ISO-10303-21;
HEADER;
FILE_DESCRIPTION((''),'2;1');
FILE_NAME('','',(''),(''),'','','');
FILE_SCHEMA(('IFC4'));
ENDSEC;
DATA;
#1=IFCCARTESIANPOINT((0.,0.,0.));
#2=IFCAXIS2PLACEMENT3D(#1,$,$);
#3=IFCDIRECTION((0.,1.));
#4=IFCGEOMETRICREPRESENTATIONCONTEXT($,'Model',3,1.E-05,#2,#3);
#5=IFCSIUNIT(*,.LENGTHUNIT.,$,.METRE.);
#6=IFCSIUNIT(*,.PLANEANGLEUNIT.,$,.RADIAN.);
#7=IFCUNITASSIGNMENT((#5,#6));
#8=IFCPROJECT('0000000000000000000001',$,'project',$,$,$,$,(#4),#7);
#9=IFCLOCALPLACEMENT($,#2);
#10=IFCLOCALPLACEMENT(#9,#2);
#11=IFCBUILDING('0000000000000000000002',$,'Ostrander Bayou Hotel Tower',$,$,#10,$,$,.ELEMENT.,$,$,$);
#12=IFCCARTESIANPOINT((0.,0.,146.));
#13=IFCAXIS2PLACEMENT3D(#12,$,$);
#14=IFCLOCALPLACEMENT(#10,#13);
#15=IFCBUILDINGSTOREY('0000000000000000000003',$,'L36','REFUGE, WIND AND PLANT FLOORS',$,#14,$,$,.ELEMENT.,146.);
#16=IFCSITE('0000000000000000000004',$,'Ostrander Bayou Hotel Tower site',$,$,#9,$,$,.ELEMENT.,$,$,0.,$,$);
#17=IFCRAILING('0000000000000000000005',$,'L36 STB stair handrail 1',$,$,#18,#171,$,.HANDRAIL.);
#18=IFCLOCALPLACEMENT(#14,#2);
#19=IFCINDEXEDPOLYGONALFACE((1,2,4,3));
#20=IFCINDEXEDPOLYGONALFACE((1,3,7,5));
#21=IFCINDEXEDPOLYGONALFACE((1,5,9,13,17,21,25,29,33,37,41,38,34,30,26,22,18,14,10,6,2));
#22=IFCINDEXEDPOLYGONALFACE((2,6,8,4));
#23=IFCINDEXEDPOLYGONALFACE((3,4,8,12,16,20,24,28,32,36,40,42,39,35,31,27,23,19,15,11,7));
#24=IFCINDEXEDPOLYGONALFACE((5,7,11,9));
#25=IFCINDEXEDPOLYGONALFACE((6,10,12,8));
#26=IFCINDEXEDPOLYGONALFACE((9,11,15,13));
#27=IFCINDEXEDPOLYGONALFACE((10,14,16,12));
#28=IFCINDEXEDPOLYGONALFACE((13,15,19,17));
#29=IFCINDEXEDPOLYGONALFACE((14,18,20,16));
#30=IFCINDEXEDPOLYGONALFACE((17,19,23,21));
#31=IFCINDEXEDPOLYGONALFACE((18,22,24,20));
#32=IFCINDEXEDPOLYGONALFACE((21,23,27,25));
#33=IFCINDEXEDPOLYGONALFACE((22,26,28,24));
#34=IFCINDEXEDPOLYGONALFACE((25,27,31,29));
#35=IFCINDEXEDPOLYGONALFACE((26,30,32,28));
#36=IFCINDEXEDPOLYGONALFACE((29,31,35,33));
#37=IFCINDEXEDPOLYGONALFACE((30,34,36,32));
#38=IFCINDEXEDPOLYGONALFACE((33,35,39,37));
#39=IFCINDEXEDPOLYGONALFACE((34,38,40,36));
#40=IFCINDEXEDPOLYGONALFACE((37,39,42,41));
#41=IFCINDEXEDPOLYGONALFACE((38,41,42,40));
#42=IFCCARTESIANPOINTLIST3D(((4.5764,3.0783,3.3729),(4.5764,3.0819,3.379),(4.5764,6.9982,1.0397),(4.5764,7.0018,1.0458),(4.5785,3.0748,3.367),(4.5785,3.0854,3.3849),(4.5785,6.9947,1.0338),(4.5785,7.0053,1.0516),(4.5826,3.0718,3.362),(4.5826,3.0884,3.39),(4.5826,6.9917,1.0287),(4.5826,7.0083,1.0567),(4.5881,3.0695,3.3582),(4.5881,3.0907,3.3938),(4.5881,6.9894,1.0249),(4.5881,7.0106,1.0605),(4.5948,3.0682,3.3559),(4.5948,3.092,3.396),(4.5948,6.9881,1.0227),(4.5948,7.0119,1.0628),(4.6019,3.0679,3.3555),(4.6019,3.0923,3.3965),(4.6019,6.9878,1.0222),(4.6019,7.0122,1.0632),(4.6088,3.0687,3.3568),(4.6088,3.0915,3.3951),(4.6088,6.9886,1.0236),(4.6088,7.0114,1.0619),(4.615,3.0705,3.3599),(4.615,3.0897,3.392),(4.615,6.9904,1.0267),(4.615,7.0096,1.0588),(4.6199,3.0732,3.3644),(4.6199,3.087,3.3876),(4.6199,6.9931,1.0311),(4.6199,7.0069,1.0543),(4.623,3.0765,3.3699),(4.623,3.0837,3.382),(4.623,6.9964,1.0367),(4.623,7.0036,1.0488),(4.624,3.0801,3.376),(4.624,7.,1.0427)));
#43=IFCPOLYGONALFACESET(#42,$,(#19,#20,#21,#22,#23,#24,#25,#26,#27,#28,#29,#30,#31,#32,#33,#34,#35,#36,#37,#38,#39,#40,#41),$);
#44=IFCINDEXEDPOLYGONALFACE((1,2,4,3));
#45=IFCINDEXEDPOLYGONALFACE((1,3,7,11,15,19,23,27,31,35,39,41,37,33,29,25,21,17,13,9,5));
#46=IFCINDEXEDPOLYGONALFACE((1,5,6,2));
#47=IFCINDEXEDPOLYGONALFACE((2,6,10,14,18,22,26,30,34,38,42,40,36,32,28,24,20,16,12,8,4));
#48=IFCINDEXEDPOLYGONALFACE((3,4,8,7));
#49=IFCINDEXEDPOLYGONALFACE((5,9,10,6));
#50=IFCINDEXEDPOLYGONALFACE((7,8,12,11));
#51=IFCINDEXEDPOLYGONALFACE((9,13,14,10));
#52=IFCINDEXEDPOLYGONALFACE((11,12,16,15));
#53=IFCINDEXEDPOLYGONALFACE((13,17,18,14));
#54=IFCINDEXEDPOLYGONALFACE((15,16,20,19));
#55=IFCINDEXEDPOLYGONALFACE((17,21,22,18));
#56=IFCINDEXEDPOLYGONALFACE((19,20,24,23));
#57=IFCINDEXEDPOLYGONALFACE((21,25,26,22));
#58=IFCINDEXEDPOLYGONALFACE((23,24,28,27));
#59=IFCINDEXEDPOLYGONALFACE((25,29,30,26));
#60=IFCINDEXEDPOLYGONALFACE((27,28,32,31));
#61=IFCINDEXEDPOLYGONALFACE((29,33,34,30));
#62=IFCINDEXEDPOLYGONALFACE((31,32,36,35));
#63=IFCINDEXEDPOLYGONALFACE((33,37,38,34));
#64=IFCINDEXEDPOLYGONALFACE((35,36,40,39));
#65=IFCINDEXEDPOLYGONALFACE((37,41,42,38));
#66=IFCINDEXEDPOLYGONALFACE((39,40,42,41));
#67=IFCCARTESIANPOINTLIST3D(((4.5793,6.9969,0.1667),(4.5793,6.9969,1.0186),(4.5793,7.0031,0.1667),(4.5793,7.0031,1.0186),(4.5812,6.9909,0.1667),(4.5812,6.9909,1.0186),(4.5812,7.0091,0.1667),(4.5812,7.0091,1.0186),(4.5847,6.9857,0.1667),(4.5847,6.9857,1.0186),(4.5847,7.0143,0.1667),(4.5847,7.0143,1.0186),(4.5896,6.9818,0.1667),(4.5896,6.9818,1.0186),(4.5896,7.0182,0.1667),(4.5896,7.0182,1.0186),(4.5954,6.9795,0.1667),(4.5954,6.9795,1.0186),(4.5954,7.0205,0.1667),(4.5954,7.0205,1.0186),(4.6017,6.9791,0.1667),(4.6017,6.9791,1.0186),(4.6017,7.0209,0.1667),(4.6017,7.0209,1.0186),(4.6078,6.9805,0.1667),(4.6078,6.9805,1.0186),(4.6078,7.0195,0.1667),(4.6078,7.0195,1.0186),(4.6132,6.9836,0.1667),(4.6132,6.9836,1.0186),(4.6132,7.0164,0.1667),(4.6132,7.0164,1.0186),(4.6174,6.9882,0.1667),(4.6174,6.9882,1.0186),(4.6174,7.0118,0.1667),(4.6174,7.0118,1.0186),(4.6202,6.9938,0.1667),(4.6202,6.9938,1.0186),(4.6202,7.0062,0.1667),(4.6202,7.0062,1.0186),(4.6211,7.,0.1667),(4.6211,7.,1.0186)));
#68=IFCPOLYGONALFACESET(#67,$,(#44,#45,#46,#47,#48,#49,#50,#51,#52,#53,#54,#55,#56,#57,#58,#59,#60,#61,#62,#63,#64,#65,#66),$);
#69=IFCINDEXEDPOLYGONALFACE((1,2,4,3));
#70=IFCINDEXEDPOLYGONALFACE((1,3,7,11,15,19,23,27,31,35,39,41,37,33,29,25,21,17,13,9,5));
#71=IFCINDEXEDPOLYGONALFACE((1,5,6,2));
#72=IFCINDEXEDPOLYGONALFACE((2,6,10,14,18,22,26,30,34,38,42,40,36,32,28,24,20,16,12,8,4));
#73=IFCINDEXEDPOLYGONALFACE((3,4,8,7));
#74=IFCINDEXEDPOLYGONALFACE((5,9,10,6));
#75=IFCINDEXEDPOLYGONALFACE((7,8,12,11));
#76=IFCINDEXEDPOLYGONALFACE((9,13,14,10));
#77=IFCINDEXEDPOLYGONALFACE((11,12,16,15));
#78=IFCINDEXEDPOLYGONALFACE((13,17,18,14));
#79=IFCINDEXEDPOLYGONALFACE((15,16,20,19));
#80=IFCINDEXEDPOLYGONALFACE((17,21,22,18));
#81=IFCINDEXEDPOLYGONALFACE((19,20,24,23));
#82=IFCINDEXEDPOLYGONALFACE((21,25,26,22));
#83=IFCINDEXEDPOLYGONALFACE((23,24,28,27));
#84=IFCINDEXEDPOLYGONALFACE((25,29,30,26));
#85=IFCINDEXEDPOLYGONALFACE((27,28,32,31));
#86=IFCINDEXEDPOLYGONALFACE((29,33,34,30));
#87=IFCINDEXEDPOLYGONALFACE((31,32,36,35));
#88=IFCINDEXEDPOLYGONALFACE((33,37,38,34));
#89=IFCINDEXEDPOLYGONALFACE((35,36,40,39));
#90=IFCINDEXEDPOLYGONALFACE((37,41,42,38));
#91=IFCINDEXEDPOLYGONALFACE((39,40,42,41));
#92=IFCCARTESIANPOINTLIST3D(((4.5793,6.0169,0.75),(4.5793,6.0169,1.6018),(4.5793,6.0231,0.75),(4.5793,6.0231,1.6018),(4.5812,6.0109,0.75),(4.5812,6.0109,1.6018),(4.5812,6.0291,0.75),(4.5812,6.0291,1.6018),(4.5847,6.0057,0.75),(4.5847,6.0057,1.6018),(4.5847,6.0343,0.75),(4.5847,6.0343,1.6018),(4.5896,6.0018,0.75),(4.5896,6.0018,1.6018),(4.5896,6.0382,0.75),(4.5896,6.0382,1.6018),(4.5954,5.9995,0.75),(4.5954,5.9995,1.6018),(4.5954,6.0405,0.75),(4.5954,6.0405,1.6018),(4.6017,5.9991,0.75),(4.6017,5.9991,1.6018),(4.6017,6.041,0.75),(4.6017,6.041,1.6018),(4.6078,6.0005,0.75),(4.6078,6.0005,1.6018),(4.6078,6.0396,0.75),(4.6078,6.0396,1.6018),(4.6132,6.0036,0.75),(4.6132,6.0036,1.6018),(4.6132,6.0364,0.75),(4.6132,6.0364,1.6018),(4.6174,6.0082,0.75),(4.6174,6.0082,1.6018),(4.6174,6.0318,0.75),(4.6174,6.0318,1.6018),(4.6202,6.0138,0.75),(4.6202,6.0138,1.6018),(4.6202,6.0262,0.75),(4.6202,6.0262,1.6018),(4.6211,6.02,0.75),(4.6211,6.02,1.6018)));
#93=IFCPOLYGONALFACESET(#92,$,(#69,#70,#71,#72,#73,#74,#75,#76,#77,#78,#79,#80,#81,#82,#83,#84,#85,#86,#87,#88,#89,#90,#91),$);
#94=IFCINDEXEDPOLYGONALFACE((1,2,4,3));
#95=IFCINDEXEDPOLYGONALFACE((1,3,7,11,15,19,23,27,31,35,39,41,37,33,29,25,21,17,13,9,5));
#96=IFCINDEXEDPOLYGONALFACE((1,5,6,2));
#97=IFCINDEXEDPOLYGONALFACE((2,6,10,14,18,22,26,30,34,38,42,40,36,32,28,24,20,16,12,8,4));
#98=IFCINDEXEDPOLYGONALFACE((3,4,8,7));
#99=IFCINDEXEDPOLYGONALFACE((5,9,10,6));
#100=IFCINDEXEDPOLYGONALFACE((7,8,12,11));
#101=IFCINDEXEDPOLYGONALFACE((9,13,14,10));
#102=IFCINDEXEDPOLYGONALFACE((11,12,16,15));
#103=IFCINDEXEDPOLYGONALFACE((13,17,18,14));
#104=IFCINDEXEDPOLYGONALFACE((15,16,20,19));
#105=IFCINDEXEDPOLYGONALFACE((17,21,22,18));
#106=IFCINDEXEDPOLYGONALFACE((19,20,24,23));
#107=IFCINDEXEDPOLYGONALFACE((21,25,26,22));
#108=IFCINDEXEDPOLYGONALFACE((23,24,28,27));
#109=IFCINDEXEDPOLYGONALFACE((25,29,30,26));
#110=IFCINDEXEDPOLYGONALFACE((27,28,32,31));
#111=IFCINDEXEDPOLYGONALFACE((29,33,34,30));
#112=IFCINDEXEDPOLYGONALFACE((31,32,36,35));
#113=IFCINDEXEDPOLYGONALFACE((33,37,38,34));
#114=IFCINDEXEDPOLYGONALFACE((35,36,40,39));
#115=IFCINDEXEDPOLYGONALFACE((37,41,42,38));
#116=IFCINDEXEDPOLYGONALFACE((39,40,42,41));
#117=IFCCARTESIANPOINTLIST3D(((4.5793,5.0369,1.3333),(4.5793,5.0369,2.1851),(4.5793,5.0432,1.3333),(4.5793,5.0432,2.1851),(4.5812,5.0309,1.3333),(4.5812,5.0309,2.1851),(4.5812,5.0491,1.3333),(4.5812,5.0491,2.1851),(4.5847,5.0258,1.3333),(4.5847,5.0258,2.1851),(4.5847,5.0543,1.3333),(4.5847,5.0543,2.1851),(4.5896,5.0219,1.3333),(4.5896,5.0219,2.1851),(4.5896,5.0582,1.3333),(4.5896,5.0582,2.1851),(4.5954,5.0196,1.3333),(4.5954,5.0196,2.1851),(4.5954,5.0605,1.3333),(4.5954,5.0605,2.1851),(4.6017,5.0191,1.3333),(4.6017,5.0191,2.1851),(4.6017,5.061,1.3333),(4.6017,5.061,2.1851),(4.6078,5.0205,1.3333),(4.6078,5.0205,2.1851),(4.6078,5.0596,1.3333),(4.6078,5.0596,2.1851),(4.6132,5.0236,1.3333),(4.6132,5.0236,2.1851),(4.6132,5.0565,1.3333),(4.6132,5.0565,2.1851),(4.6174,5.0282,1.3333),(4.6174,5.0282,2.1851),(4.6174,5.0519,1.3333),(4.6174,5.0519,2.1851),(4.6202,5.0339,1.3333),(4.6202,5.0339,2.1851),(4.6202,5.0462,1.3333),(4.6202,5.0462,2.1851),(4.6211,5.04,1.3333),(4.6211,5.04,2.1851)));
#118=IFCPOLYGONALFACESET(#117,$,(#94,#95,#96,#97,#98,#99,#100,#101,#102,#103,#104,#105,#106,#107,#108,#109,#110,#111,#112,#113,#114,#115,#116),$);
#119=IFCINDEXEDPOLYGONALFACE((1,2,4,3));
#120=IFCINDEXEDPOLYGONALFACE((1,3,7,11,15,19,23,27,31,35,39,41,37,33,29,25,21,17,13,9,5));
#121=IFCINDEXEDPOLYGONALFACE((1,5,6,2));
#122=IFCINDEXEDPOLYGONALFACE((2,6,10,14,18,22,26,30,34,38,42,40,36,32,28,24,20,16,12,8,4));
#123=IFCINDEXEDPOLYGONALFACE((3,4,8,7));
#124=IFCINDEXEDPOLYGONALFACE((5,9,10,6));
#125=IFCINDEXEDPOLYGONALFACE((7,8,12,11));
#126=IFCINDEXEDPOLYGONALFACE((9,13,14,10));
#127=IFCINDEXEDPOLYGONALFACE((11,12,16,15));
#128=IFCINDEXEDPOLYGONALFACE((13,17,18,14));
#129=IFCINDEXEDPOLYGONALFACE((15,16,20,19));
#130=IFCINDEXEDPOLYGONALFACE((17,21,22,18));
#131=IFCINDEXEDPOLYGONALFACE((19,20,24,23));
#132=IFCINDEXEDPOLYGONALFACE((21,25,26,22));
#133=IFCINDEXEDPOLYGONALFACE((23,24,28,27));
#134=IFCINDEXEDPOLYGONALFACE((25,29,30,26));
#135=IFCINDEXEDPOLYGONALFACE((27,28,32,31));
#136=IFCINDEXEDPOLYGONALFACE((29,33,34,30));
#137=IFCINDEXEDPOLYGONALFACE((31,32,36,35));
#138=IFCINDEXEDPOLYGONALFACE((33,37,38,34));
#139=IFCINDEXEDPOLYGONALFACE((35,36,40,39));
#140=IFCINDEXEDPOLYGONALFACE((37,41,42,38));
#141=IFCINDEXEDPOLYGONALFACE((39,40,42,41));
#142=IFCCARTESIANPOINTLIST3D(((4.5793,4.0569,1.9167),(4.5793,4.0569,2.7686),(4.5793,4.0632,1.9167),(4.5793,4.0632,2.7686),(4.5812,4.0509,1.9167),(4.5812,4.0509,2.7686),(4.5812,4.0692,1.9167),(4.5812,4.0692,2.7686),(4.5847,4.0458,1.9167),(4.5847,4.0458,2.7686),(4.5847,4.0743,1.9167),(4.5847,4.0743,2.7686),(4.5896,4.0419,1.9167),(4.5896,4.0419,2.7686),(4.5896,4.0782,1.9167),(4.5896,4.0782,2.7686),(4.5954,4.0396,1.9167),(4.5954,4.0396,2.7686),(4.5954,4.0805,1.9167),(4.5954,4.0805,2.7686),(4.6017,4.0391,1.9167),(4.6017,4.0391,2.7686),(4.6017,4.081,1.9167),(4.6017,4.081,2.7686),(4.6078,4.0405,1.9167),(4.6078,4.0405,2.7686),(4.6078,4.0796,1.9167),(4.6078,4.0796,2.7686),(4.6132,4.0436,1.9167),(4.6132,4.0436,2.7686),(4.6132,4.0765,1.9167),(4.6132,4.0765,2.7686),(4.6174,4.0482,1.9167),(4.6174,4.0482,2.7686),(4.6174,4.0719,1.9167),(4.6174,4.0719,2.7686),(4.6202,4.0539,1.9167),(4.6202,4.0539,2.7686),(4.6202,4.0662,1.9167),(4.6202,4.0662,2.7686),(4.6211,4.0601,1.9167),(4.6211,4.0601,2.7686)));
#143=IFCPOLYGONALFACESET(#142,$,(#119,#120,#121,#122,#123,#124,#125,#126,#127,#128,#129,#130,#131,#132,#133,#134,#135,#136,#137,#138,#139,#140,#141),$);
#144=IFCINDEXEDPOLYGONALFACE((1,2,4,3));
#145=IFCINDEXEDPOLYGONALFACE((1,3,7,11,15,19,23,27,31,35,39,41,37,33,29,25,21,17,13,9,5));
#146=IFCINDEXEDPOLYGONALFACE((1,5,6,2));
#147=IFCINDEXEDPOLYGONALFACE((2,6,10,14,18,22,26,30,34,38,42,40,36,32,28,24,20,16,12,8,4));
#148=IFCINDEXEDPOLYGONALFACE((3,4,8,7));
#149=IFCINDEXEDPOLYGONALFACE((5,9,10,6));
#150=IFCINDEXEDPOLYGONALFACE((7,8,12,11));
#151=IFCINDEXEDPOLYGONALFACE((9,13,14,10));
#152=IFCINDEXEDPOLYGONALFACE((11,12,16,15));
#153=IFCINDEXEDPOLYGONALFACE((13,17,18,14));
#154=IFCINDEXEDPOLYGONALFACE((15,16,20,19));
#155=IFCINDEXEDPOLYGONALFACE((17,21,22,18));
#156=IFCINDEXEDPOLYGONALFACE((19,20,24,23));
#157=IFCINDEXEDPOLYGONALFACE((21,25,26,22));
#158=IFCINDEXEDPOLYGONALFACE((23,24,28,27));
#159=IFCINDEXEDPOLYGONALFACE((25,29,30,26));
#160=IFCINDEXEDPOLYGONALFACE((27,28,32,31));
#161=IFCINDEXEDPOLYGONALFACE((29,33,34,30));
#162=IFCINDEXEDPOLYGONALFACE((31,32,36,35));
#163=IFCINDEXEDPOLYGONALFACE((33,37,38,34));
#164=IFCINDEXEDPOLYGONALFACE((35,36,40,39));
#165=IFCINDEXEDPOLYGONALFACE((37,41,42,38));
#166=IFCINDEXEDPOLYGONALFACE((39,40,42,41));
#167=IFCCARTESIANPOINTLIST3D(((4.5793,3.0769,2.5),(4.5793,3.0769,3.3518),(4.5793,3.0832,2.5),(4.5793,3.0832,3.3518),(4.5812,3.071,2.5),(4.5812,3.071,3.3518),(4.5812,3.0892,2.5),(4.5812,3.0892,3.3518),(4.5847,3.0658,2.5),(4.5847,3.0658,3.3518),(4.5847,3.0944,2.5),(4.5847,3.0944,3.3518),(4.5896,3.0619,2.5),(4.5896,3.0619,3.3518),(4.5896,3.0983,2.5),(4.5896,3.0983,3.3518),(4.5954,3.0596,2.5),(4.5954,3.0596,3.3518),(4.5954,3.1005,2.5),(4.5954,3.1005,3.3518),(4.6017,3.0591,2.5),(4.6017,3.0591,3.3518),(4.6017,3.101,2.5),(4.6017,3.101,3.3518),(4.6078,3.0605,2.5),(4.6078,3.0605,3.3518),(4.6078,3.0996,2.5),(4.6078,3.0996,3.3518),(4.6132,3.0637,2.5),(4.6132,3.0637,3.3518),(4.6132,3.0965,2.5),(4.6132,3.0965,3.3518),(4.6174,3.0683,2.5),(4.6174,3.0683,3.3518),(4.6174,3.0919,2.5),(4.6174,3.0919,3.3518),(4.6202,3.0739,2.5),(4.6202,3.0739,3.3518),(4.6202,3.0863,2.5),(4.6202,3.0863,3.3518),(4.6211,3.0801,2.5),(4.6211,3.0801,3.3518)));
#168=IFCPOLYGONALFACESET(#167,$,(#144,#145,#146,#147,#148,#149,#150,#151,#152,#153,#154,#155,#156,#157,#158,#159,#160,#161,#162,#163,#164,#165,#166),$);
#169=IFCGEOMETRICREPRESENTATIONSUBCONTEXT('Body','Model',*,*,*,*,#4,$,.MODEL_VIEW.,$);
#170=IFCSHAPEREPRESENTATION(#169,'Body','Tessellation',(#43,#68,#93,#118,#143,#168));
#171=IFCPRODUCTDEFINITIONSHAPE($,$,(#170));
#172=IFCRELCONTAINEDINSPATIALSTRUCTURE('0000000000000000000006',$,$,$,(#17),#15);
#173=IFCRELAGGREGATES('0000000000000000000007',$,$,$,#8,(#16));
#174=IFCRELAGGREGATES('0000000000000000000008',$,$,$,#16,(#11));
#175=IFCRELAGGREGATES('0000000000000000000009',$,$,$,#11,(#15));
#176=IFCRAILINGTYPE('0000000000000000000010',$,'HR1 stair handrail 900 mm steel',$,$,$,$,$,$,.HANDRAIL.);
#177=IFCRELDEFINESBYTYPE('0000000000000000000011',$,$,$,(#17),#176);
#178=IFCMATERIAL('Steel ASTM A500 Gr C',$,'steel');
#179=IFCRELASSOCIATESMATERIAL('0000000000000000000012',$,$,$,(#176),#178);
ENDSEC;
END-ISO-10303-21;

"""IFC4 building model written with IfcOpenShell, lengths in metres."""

from ifc_helpers import new_model, si_unit, direction, frame, origin, origin_2d, place, context, subcontext, project, spatial, circle, extrude, material, type_object, element, save


model = new_model("IFC4")

# Units and contexts
model_context = context("Model", 3, precision=1e-05, world=origin(), true_north=direction((0.0, 1.0)))
body_context = subcontext(model_context, "Body", "Model", "MODEL_VIEW")
ifc_project = project(units=[si_unit("LENGTHUNIT", "METRE"), si_unit("PLANEANGLEUNIT", "RADIAN")], contexts=[model_context])

# Site, building, storey
site_placement = place(None, origin())
site = spatial("IfcSite", under=ifc_project, at=site_placement, Name="Ostrander Bayou Hotel Tower site", CompositionType="ELEMENT", RefElevation=0.0)
building_placement = place(site_placement, origin())
building = spatial("IfcBuilding", under=site, at=building_placement, Name="Ostrander Bayou Hotel Tower", CompositionType="ELEMENT")
storey_placement = place(building_placement, frame((0.0, 0.0, 146.0)))
storey = spatial("IfcBuildingStorey", under=building, at=storey_placement, Name="L36", Description="REFUGE, WIND AND PLANT FLOORS", CompositionType="ELEMENT", Elevation=146.0)

# Railing
ifc_material_1 = material(Name="Steel ASTM A500 Gr C", Category="steel")
railing_type_1 = type_object("IfcRailingType", Name="HR1 stair handrail 900 mm steel", PredefinedType="HANDRAIL", material=ifc_material_1)
railing_1_placement = place(storey_placement, frame((4.6001, 7.0, 0.1667)))
element("IfcRailing", 1, at=railing_1_placement, inside=storey, type_object=railing_type_1, Name="L36 STB stair handrail 1", PredefinedType="HANDRAIL", context=body_context, shape_type="SweptSolid", body=[
    extrude(circle(Radius=0.0239, at=origin_2d()), frame((0.0, 0.0, 0.876), z_axis=(0.0, -0.859296, 0.511478), x_axis=(1.0, 0.0, 0.0)), (0.0, 0.0, 1.0), 4.5618),
    extrude(circle(Radius=0.021, at=origin_2d()), origin(), (0.0, 0.0, 1.0), 0.8518),
    extrude(circle(Radius=0.021, at=origin_2d()), frame((0.0, -0.98, 0.5833)), (0.0, 0.0, 1.0), 0.8518),
    extrude(circle(Radius=0.021, at=origin_2d()), frame((0.0, -1.96, 1.1665)), (0.0, 0.0, 1.0), 0.8518),
    extrude(circle(Radius=0.021, at=origin_2d()), frame((0.0, -2.9399, 1.75)), (0.0, 0.0, 1.0), 0.8518),
    extrude(circle(Radius=0.021, at=origin_2d()), frame((0.0, -3.9199, 2.3333)), (0.0, 0.0, 1.0), 0.8518),
])

save(model, "model.ifc")
